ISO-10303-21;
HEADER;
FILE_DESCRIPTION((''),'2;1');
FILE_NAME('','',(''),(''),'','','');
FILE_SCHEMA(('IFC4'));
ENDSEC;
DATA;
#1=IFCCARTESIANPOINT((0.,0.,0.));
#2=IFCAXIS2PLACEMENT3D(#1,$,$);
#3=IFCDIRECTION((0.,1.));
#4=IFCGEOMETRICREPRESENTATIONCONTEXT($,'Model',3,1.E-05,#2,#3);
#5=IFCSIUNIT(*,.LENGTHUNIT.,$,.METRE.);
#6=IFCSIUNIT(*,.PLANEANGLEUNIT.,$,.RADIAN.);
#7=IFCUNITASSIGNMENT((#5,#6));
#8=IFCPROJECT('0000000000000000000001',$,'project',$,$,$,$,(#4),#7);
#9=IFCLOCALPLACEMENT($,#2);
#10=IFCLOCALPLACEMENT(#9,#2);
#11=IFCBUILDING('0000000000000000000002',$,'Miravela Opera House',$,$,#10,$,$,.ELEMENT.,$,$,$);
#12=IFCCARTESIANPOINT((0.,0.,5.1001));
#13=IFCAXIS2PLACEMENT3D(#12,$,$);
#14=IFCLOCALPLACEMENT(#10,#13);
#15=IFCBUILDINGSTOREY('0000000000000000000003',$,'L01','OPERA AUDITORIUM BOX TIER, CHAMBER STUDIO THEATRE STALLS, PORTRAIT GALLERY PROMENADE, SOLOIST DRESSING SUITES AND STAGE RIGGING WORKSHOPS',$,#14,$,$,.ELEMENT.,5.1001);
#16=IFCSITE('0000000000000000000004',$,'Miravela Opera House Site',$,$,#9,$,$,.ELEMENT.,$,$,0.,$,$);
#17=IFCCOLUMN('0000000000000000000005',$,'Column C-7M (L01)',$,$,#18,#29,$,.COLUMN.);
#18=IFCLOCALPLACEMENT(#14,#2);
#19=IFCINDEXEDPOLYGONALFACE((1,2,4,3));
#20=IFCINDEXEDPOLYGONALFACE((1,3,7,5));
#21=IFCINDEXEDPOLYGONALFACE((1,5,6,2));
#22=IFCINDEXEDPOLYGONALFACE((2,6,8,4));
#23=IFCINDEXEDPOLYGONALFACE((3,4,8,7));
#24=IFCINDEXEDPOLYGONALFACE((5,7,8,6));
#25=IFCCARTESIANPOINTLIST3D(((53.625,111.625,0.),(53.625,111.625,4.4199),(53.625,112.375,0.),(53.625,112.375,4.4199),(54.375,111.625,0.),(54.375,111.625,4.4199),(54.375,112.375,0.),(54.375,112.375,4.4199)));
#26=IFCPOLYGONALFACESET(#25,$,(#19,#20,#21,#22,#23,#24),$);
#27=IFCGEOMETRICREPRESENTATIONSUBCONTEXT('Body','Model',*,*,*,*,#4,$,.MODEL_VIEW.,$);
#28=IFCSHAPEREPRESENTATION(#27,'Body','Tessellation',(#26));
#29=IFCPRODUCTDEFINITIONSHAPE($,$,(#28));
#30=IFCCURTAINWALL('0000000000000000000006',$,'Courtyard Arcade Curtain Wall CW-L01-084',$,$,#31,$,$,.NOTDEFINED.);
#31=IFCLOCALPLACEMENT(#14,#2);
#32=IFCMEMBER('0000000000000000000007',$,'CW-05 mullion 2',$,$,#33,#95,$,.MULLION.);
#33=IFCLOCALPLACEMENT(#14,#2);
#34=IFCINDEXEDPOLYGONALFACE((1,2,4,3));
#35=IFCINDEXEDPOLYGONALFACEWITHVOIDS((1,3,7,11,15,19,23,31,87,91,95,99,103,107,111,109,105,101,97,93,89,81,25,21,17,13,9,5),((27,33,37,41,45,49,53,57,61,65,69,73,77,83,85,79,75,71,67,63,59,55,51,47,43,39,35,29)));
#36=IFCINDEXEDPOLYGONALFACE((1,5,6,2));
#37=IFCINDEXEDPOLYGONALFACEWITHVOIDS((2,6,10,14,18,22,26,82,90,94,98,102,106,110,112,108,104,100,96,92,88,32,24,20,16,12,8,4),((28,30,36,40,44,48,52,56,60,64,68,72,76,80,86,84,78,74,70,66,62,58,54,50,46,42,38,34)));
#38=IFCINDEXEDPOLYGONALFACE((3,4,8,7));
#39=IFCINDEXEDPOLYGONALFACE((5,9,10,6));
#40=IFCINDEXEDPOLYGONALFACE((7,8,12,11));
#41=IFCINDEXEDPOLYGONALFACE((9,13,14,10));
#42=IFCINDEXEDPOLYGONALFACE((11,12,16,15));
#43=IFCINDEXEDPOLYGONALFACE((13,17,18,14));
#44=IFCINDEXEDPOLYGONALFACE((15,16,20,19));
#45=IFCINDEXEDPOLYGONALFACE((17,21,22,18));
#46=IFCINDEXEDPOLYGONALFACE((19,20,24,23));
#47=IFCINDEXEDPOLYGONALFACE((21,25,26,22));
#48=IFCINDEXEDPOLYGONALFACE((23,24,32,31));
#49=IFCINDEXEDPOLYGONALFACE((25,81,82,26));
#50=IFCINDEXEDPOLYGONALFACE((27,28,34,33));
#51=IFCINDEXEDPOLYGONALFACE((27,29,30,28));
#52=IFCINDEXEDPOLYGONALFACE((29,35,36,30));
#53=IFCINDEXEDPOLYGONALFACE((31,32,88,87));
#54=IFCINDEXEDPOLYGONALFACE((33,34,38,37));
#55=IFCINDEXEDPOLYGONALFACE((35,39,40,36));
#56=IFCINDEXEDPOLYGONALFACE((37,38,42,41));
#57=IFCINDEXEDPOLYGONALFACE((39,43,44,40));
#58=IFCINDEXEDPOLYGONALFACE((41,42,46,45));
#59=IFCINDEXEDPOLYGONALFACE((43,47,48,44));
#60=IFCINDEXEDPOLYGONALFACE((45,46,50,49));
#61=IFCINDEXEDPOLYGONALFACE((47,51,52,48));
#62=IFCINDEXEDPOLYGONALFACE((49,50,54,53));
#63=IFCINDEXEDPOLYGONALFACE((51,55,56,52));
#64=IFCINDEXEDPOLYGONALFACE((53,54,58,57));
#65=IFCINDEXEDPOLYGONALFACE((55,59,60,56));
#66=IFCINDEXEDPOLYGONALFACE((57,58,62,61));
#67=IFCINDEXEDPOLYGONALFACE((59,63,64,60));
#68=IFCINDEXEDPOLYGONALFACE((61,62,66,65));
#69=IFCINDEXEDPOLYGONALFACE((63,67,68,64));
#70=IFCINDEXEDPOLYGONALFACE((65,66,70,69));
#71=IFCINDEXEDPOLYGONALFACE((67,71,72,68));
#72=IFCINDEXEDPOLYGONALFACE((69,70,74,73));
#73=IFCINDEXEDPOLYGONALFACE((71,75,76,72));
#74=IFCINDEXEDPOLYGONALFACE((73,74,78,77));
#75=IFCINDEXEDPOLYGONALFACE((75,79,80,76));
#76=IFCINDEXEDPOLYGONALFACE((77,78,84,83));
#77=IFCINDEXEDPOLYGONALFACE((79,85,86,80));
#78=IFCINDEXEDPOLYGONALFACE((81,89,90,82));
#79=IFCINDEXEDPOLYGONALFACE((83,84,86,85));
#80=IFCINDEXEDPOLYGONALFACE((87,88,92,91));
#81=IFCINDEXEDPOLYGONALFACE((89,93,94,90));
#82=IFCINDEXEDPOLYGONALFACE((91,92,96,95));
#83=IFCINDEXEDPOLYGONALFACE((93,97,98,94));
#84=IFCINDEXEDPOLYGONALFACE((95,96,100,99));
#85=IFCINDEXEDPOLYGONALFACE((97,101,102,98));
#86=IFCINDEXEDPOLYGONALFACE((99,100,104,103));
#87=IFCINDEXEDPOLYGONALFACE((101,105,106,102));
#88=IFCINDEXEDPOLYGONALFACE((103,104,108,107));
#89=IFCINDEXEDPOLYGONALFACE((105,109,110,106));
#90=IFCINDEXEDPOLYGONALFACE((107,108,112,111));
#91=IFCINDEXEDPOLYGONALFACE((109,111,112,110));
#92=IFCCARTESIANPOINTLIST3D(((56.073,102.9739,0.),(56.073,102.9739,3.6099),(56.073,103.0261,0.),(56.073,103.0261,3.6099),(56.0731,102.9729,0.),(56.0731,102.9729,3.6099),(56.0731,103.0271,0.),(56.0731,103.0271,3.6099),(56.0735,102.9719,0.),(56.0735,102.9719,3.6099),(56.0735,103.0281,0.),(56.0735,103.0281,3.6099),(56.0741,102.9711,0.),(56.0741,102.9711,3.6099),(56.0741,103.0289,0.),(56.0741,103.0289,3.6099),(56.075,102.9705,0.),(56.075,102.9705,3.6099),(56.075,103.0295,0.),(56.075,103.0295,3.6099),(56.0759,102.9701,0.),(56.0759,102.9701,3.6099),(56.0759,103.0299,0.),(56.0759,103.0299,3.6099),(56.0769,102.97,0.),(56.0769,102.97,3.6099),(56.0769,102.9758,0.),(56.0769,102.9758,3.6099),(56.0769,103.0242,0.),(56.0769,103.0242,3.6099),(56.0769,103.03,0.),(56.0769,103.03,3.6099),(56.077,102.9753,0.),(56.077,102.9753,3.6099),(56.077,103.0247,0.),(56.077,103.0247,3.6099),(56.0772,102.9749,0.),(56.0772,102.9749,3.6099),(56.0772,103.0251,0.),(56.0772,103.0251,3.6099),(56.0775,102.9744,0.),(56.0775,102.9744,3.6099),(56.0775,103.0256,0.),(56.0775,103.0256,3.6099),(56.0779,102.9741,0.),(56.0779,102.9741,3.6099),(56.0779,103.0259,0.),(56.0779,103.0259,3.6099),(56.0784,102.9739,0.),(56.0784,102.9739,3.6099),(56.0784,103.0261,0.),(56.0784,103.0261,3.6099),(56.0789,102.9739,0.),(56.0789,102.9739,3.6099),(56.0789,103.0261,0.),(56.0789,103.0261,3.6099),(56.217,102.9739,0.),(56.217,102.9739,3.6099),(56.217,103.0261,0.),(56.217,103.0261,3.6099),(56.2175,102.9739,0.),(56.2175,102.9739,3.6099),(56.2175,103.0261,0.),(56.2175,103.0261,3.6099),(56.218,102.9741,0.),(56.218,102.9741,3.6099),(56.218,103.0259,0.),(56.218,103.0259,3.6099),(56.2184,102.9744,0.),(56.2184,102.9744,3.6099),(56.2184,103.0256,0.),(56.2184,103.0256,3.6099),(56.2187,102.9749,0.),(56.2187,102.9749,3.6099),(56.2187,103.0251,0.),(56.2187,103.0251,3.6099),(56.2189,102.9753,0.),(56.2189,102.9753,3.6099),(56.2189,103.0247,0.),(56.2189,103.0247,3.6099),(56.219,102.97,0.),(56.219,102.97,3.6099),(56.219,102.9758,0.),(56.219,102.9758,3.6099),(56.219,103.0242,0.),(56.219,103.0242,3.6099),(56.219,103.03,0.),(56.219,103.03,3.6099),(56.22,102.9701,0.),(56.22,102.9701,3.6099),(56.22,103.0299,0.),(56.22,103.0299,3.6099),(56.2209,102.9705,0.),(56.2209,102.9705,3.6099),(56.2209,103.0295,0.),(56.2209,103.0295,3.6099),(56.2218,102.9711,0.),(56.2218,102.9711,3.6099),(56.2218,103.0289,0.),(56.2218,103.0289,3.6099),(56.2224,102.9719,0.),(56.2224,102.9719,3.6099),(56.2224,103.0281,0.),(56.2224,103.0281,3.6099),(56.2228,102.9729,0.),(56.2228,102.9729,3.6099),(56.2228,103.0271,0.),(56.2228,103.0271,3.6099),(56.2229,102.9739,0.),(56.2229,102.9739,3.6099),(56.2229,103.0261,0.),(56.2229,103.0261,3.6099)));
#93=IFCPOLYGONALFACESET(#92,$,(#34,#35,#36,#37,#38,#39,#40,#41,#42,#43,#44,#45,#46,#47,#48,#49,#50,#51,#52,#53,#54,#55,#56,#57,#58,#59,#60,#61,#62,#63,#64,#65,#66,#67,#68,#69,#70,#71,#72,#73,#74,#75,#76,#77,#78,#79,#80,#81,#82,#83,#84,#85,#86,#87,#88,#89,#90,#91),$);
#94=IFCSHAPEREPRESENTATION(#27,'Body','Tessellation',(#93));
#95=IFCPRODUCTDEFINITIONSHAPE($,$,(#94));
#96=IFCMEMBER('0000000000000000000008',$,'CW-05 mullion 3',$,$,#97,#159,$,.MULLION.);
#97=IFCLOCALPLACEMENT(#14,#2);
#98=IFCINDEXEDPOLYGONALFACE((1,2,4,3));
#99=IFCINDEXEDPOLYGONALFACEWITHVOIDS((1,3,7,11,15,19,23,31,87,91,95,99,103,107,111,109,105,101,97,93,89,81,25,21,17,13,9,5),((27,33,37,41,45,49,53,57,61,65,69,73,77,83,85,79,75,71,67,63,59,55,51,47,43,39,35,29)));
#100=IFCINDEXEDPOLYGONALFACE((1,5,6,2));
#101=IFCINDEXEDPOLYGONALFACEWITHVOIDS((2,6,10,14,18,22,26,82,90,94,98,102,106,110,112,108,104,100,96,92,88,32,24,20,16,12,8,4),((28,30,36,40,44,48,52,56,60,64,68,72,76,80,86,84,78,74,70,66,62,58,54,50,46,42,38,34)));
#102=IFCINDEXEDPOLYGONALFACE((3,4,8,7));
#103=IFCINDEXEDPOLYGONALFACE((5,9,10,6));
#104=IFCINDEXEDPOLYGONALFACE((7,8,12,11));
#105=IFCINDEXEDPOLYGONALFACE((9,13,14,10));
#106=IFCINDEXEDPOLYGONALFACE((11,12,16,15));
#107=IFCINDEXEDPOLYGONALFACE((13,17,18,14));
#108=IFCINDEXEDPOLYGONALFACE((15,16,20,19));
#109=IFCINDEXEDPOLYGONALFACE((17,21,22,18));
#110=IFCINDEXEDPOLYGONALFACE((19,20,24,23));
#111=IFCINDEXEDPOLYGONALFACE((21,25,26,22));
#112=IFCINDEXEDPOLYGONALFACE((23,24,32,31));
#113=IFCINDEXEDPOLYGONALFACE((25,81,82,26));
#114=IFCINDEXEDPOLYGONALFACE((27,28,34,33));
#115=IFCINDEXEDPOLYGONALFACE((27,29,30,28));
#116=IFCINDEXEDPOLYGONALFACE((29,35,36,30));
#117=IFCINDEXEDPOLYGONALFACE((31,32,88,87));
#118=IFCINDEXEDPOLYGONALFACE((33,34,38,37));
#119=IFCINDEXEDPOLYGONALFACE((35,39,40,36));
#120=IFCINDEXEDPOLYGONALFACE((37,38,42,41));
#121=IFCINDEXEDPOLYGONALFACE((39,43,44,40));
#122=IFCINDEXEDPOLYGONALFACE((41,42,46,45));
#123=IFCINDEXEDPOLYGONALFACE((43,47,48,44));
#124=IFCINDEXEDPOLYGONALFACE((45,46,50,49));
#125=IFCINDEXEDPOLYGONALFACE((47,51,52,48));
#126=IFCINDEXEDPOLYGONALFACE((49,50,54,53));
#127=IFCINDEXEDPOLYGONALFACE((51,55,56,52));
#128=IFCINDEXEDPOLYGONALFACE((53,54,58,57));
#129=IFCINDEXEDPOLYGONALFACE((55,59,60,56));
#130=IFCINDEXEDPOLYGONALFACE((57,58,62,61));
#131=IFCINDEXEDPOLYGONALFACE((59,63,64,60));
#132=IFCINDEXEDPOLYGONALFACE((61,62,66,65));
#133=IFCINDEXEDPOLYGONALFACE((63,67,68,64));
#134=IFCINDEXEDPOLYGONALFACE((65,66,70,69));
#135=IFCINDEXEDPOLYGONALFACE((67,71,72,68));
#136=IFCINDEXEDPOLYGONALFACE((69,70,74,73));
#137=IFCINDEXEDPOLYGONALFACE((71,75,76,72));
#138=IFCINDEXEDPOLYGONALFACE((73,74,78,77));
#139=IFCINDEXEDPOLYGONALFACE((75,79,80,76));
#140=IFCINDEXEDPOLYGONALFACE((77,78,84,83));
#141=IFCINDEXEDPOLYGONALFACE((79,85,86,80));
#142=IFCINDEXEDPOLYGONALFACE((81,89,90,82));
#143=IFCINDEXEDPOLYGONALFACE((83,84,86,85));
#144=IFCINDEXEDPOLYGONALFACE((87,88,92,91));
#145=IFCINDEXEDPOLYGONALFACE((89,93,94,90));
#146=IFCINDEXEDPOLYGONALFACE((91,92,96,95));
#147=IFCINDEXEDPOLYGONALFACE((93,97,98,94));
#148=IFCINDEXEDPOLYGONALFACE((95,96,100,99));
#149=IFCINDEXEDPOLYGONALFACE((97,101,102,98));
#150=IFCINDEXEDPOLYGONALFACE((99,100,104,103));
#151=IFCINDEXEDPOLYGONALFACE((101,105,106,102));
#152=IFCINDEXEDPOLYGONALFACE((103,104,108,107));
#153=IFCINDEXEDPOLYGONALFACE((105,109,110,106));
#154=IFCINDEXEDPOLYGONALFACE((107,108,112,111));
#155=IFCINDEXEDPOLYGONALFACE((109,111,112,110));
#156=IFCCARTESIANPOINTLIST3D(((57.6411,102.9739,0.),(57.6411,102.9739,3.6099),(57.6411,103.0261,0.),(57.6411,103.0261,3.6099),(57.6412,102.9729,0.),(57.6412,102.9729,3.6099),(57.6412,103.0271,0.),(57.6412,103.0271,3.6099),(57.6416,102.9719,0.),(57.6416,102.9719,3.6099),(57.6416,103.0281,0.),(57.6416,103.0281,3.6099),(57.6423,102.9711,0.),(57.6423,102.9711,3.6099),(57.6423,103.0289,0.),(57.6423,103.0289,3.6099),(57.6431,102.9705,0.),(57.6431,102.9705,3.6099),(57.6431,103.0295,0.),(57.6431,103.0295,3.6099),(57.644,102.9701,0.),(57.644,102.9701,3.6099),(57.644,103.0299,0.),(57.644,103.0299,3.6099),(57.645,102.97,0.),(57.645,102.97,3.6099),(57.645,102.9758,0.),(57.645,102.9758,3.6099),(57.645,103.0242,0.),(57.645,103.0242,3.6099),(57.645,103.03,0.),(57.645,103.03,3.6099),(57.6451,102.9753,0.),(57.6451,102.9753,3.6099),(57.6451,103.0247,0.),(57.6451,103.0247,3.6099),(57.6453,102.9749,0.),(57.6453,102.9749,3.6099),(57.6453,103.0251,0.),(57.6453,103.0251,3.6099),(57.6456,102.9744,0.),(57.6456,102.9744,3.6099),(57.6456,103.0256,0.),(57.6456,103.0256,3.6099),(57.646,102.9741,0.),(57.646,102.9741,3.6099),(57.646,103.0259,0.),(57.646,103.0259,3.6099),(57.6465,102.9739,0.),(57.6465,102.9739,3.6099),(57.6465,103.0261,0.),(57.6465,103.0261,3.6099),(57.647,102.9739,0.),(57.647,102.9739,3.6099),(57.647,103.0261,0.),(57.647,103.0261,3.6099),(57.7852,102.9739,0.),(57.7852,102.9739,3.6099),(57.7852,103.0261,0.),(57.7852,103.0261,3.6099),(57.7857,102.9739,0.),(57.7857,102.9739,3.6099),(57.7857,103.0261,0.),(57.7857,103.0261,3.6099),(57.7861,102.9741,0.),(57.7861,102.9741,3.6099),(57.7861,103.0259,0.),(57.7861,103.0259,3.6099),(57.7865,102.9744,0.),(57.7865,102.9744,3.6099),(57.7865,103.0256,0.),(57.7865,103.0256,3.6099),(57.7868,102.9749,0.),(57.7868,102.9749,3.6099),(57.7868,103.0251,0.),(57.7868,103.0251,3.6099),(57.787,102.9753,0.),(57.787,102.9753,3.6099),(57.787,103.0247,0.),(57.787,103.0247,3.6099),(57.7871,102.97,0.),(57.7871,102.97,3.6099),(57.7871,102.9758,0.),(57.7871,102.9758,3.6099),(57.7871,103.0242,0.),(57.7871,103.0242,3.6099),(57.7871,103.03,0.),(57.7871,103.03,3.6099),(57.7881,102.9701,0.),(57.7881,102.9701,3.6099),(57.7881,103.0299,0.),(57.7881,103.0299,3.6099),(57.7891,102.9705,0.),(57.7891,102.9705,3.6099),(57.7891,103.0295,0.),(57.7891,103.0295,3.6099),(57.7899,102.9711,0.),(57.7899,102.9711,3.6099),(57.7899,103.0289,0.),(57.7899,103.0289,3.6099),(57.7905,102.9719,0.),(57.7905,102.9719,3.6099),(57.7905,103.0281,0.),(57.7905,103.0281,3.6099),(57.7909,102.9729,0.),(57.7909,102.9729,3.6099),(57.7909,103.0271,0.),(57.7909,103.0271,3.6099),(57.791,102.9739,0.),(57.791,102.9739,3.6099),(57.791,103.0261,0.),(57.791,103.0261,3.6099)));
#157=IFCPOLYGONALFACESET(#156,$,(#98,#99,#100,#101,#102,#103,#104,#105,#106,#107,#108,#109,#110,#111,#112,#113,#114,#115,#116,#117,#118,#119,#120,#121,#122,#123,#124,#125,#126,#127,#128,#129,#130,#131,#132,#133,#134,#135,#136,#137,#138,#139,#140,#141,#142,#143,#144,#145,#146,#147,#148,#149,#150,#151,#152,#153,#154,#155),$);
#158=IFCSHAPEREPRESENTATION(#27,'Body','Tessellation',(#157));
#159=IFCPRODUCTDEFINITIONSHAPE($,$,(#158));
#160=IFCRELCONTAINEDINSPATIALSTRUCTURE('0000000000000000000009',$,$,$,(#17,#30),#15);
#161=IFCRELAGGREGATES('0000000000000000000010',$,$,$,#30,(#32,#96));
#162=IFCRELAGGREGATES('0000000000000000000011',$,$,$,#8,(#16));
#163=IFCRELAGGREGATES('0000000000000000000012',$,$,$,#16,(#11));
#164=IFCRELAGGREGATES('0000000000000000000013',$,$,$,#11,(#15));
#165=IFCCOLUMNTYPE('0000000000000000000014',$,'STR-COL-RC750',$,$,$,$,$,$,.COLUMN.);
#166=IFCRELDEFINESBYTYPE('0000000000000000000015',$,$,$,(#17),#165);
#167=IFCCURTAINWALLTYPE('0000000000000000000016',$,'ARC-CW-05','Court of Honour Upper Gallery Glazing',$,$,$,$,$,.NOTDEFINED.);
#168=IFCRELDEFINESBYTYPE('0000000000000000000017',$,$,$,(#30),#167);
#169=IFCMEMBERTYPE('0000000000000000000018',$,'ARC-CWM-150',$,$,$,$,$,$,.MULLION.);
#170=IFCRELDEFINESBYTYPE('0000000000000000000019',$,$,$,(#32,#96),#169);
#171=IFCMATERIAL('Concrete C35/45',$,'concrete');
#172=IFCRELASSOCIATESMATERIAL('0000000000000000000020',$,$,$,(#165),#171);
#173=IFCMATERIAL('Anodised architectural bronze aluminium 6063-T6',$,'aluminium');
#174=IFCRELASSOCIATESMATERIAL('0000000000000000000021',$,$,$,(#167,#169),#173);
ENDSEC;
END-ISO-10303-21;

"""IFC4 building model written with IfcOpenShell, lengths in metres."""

from ifc_helpers import new_model, si_unit, direction, frame, origin, origin_2d, place, context, subcontext, project, spatial, rectangle, hollow_rectangle, extrude, material, material_profile, profile_set, type_object, element, aggregate, save


model = new_model("IFC4")

# Units and contexts
model_context = context("Model", 3, precision=1e-05, world=origin(), true_north=direction((0.0, 1.0)))
body_context = subcontext(model_context, "Body", "Model", "MODEL_VIEW")
ifc_project = project(units=[si_unit("LENGTHUNIT", "METRE"), si_unit("PLANEANGLEUNIT", "RADIAN")], contexts=[model_context])

# Site, building, storey
site_placement = place(None, origin())
site = spatial("IfcSite", under=ifc_project, at=site_placement, Name="Miravela Opera House Site", CompositionType="ELEMENT", RefElevation=0.0)
building_placement = place(site_placement, origin())
building = spatial("IfcBuilding", under=site, at=building_placement, Name="Miravela Opera House", CompositionType="ELEMENT")
storey_placement = place(building_placement, frame((0.0, 0.0, 5.1001)))
storey = spatial("IfcBuildingStorey", under=building, at=storey_placement, Name="L01", Description="OPERA AUDITORIUM BOX TIER, CHAMBER STUDIO THEATRE STALLS, PORTRAIT GALLERY PROMENADE, SOLOIST DRESSING SUITES AND STAGE RIGGING WORKSHOPS", CompositionType="ELEMENT", Elevation=5.1001)

# Column
ifc_material_1 = material(Name="Concrete C35/45", Category="concrete")
ifc_material_profile_1 = material_profile(ifc_material_1, rectangle(XDim=0.75, YDim=0.75, at=origin_2d()), Name="RC-COL-750X750")
ifc_profile_set_1 = profile_set([ifc_material_profile_1])
column_type = type_object("IfcColumnType", Name="STR-COL-RC750", PredefinedType="COLUMN", material=ifc_profile_set_1)
column_placement = place(storey_placement, frame((54.0, 112.0, 0.0), z_axis=(0.0, 0.0, 1.0), x_axis=(1.0, 0.0, 0.0)))
element("IfcColumn", 1, at=column_placement, inside=storey, type_object=column_type, Name="Column C-7M (L01)", PredefinedType="COLUMN", context=body_context, shape_type="SweptSolid", body=[
    extrude(rectangle(XDim=0.75, YDim=0.75, at=origin_2d()), origin(), (0.0, 0.0, 1.0), 4.4199),
])

# Curtain wall, members
ifc_material_2 = material(Name="Anodised architectural bronze aluminium 6063-T6", Category="aluminium")
curtain_wall_type = type_object("IfcCurtainWallType", Name="ARC-CW-05", Description="Court of Honour Upper Gallery Glazing", PredefinedType="NOTDEFINED", material=ifc_material_2)
curtain_wall_placement = place(storey_placement, origin())
curtain_wall = element("IfcCurtainWall", 2, at=curtain_wall_placement, inside=storey, type_object=curtain_wall_type, Name="Courtyard Arcade Curtain Wall CW-L01-084", PredefinedType="NOTDEFINED")
ifc_material_profile_2 = material_profile(ifc_material_2, hollow_rectangle(XDim=0.0601, YDim=0.1499, WallThickness=0.0039, InnerFilletRadius=0.002, OuterFilletRadius=0.0039, at=origin_2d()), Name="CWM-60X150")
ifc_profile_set_2 = profile_set([ifc_material_profile_2])
member_type_1 = type_object("IfcMemberType", Name="ARC-CWM-150", PredefinedType="MULLION", material=ifc_profile_set_2)
member_1_placement = place(storey_placement, frame((56.1479, 103.0, 0.0), z_axis=(0.0, 0.0, 1.0), x_axis=(0.0, 1.0, 0.0)))
member_1 = element("IfcMember", 3, at=member_1_placement, type_object=member_type_1, Name="CW-05 mullion 2", PredefinedType="MULLION", context=body_context, shape_type="SweptSolid", body=[
    extrude(hollow_rectangle(XDim=0.0601, YDim=0.1499, WallThickness=0.0039, InnerFilletRadius=0.002, OuterFilletRadius=0.0039, at=origin_2d()), origin(), (0.0, 0.0, 1.0), 3.6099),
])
member_2_placement = place(storey_placement, frame((57.7161, 103.0, 0.0), z_axis=(0.0, 0.0, 1.0), x_axis=(0.0, 1.0, 0.0)))
member_2 = element("IfcMember", 4, at=member_2_placement, type_object=member_type_1, Name="CW-05 mullion 3", PredefinedType="MULLION", context=body_context, shape_type="SweptSolid", body=[
    extrude(hollow_rectangle(XDim=0.0601, YDim=0.1499, WallThickness=0.0039, InnerFilletRadius=0.002, OuterFilletRadius=0.0039, at=origin_2d()), origin(), (0.0, 0.0, 1.0), 3.6099),
])

aggregate(curtain_wall, [member_1, member_2])

save(model, "model.ifc")
